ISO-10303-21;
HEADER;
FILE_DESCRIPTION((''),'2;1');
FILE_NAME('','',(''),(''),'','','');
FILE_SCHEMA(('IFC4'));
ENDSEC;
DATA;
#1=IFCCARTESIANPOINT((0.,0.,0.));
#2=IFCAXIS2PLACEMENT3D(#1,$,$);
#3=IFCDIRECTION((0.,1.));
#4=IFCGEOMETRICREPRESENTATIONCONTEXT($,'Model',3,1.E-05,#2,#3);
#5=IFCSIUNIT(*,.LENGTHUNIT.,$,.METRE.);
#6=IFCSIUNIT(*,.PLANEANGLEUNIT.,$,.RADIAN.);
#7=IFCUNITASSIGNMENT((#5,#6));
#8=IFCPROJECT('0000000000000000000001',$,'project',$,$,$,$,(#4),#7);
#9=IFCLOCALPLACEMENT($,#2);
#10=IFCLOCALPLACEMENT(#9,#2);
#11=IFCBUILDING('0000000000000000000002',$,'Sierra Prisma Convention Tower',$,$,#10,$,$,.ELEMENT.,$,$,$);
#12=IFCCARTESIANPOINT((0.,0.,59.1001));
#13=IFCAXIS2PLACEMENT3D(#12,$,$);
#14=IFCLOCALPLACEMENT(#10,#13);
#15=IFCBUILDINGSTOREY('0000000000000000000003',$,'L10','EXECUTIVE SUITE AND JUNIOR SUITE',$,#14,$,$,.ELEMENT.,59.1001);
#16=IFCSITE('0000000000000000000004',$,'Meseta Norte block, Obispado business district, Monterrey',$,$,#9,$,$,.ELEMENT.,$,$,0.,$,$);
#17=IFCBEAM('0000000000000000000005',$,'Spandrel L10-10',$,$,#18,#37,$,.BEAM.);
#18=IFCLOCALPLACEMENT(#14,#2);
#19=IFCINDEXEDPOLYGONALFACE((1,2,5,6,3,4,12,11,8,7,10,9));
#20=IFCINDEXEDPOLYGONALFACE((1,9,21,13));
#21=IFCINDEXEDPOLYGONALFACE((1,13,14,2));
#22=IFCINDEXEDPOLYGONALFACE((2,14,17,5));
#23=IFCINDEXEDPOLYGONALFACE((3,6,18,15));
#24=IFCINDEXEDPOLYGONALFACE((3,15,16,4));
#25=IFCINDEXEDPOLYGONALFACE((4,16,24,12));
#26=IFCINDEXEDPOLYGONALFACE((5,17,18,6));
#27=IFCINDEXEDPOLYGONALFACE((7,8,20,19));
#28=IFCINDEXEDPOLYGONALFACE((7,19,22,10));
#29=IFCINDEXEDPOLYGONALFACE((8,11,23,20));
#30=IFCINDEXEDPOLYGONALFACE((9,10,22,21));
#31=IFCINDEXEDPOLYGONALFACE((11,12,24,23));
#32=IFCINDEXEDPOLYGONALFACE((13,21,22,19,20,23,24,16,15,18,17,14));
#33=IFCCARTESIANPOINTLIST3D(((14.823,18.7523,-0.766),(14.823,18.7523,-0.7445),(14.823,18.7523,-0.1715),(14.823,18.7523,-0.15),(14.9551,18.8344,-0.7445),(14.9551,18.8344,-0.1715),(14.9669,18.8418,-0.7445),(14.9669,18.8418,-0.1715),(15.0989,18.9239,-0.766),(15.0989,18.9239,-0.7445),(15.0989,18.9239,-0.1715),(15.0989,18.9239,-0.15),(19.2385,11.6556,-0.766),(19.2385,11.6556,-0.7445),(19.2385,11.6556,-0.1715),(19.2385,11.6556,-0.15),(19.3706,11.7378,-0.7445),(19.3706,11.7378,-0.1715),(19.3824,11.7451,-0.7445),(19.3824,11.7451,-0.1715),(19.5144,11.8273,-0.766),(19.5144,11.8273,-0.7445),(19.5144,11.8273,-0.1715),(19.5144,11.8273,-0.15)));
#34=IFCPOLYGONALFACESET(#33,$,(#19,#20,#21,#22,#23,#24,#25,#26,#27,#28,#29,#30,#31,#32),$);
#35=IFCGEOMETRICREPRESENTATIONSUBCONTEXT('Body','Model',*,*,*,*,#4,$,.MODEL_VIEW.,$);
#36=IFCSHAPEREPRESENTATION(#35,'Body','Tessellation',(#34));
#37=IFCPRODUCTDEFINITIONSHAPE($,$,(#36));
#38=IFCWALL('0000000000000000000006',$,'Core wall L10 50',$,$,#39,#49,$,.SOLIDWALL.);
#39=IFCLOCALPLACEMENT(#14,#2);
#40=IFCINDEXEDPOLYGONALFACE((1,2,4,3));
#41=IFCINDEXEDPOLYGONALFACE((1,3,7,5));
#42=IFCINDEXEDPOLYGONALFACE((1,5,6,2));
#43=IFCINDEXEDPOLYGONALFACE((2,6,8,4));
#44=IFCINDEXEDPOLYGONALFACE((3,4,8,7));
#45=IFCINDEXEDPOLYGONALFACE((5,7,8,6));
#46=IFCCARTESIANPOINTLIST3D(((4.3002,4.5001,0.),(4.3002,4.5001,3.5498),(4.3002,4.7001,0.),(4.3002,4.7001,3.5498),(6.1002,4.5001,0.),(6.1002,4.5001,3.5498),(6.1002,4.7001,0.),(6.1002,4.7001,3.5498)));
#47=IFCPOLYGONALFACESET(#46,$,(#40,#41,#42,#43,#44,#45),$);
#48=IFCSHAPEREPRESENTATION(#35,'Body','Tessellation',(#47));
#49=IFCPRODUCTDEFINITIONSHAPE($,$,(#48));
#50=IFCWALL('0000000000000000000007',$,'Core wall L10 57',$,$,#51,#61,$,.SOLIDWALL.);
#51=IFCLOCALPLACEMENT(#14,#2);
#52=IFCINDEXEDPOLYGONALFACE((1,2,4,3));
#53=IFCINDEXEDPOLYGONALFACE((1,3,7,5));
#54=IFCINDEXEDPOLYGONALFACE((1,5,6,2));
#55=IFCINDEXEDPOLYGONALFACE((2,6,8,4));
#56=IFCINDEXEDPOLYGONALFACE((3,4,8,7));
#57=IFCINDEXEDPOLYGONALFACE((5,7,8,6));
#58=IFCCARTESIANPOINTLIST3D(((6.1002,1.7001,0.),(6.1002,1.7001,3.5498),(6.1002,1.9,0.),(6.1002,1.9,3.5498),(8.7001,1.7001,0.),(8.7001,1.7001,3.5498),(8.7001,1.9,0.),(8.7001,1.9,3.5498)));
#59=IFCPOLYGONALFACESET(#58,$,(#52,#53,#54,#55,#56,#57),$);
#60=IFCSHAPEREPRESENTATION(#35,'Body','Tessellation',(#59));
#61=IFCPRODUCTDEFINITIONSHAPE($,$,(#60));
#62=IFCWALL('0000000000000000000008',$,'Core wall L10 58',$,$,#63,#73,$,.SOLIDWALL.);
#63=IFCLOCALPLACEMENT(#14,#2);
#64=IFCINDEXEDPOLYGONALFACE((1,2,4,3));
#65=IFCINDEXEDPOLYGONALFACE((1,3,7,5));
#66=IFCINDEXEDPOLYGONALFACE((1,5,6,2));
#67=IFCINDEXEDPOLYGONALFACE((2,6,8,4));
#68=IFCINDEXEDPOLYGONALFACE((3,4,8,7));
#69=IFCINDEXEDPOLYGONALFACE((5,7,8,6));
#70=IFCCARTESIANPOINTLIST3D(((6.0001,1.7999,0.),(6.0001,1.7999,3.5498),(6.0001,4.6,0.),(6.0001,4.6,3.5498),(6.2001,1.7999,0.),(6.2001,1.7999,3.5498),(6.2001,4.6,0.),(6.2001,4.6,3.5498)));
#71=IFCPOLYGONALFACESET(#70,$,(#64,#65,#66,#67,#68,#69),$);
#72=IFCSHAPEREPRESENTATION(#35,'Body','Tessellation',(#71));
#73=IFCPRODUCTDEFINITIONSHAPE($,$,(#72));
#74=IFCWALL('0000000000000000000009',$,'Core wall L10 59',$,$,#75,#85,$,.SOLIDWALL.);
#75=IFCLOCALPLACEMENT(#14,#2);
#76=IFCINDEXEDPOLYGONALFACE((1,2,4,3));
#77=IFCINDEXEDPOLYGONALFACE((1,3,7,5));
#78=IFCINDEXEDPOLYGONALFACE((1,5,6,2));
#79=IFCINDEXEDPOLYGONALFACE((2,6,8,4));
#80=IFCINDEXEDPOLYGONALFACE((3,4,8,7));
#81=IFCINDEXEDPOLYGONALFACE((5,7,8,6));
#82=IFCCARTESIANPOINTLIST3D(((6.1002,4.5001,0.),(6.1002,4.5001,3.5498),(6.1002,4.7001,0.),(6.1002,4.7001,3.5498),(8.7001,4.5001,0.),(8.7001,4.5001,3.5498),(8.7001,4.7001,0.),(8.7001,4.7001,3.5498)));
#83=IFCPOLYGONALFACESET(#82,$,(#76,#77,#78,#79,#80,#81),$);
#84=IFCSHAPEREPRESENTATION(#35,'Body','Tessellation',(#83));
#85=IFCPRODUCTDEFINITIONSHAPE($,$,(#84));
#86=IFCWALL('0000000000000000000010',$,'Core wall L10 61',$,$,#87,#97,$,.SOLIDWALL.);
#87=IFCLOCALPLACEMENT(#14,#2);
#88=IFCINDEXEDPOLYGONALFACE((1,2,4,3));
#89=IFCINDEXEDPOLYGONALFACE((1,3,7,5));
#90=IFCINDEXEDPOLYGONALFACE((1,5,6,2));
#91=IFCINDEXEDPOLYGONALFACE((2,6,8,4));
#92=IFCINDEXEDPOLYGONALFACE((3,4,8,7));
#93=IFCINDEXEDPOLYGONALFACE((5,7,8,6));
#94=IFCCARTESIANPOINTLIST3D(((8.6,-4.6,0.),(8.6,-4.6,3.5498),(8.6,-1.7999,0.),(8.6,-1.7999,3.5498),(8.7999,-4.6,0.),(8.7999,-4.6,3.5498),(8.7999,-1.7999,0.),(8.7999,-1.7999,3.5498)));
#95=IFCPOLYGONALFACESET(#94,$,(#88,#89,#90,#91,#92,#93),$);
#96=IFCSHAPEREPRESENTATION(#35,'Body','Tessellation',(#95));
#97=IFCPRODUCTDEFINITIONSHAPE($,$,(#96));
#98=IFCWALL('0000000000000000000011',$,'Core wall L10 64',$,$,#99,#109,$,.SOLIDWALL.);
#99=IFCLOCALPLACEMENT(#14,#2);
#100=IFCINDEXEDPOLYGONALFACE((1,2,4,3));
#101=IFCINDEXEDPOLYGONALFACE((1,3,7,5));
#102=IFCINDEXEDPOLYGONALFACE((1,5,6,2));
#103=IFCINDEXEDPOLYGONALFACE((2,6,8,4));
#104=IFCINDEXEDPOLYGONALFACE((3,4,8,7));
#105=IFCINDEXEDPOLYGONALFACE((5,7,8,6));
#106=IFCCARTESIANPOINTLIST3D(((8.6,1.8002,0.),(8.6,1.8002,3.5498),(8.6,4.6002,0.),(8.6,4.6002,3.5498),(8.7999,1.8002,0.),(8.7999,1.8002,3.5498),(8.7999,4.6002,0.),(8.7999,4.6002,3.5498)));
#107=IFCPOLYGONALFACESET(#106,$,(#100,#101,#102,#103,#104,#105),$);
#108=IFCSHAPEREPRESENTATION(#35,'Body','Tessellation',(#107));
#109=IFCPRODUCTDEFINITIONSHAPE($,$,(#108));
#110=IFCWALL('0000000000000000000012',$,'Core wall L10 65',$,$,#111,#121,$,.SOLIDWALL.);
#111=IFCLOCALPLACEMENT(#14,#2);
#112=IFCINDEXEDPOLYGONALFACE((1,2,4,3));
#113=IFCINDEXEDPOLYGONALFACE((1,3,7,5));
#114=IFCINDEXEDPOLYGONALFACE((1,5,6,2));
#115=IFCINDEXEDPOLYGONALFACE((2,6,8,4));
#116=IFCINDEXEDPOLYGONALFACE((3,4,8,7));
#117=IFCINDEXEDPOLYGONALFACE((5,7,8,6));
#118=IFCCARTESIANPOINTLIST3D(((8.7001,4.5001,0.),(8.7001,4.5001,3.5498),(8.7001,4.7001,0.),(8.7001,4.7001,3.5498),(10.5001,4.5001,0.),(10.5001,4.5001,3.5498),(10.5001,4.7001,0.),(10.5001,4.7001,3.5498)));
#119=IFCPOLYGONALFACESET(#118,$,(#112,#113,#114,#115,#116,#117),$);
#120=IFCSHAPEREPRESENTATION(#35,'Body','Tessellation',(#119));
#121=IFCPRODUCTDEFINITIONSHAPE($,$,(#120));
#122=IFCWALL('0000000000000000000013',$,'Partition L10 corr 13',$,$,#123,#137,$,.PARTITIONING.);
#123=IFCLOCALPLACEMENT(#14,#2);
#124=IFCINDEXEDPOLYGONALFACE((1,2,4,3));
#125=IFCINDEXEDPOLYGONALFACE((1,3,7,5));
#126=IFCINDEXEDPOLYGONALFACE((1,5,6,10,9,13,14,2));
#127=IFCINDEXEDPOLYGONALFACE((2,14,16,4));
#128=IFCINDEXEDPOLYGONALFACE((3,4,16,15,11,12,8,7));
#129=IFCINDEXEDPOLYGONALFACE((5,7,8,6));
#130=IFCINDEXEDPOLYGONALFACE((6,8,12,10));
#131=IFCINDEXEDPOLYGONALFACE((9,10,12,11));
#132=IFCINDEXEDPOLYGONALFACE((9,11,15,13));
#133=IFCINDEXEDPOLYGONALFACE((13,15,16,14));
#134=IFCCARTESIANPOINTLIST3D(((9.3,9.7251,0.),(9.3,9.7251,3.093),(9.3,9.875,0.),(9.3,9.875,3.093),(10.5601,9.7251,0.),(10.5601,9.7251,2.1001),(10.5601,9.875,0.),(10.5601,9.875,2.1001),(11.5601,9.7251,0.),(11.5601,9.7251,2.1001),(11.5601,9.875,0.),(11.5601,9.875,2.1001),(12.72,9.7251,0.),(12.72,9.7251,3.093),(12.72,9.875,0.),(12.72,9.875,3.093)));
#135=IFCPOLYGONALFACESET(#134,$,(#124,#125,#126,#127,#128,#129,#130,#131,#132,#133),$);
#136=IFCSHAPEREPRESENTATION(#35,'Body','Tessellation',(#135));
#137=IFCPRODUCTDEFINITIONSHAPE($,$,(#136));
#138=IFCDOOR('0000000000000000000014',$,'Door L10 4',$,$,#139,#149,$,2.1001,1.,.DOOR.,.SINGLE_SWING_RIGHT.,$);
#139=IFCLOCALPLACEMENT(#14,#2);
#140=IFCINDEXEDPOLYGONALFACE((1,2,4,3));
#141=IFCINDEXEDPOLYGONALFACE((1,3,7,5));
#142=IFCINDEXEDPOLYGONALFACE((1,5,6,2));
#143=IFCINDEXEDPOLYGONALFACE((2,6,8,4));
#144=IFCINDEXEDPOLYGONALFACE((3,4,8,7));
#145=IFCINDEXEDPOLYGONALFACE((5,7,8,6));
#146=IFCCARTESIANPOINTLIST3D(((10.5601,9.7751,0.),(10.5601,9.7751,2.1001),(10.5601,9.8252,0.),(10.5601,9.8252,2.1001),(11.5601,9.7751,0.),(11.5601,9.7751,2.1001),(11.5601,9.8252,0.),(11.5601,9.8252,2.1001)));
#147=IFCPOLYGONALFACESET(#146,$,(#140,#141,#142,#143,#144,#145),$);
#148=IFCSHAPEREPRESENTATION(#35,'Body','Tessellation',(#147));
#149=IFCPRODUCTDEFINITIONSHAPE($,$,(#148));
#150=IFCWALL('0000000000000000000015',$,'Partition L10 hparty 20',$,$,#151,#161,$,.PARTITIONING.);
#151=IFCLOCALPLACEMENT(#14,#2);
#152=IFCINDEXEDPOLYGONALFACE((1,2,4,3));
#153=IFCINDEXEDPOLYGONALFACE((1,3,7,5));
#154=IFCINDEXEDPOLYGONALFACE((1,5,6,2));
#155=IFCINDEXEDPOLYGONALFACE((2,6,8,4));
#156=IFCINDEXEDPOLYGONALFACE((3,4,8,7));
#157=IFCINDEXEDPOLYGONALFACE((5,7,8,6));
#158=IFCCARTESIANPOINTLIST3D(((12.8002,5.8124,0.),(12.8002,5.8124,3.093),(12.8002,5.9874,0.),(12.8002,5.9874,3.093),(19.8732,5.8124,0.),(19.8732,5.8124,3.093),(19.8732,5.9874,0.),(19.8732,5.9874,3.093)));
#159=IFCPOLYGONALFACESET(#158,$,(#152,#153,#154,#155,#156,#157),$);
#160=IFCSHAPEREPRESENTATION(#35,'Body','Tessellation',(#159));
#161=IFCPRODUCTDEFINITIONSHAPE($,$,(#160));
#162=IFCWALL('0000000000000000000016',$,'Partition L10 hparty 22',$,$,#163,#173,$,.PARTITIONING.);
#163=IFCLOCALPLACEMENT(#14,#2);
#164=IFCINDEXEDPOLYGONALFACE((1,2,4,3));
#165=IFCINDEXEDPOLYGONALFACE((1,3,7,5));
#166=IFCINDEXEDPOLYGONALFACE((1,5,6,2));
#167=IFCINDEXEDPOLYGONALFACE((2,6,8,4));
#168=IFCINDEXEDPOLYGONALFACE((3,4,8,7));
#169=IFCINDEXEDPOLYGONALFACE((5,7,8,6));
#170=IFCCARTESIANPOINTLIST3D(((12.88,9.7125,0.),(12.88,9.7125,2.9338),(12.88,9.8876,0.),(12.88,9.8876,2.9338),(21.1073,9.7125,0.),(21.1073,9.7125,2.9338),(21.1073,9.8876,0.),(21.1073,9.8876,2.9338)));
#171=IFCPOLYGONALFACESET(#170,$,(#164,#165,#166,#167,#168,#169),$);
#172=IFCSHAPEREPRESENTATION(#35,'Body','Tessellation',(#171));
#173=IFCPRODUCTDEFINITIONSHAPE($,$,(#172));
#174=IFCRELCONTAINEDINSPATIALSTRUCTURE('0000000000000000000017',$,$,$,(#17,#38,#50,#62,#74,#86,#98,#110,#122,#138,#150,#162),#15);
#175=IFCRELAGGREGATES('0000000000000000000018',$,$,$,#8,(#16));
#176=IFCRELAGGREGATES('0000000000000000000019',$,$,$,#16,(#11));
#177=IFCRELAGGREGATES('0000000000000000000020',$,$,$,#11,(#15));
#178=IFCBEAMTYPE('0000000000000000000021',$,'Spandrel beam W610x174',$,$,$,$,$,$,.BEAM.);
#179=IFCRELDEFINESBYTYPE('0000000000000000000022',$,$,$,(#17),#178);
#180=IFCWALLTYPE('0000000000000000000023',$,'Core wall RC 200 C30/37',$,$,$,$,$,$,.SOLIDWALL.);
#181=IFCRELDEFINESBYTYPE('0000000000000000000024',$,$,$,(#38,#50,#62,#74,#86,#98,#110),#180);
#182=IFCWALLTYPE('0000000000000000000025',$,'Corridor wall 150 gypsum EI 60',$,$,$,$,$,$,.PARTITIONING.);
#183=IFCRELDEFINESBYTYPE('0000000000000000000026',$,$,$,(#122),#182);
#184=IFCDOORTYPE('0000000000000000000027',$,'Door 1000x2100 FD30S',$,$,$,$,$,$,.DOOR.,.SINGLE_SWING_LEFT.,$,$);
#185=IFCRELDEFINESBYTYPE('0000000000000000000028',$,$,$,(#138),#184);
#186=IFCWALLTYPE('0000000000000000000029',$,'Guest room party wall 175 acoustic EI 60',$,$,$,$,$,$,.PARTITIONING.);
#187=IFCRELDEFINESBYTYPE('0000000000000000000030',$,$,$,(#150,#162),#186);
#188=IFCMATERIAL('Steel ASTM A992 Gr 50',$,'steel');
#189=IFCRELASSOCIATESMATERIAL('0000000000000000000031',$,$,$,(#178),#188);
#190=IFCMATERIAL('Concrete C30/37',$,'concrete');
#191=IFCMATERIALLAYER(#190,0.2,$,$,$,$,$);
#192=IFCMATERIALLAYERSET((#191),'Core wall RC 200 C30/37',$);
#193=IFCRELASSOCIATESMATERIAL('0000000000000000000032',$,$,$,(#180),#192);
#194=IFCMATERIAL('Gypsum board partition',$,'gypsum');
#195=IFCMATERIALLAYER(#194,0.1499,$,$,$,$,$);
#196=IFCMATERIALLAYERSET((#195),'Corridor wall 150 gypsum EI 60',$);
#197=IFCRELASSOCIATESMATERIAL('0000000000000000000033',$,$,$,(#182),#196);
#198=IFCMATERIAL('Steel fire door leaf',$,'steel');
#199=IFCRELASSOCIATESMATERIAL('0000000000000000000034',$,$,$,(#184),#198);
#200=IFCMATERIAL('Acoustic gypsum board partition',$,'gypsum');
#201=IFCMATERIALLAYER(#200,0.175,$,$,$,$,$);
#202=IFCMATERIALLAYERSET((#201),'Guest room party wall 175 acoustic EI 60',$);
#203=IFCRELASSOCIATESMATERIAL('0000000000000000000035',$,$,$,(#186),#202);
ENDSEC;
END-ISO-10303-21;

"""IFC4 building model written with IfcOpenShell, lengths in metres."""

from ifc_helpers import new_model, si_unit, direction, frame, frame_2d, origin, origin_2d, place, context, subcontext, project, spatial, rectangle, i_section, extrude, material, layer, layer_set, material_profile, profile_set, type_object, element, fill, save


model = new_model("IFC4")

# Units and contexts
model_context = context("Model", 3, precision=1e-05, world=origin(), true_north=direction((0.0, 1.0)))
body_context = subcontext(model_context, "Body", "Model", "MODEL_VIEW")
ifc_project = project(units=[si_unit("LENGTHUNIT", "METRE"), si_unit("PLANEANGLEUNIT", "RADIAN")], contexts=[model_context])

# Site, building, storey
site_placement = place(None, origin())
site = spatial("IfcSite", under=ifc_project, at=site_placement, Name="Meseta Norte block, Obispado business district, Monterrey", CompositionType="ELEMENT", RefElevation=0.0)
building_placement = place(site_placement, origin())
building = spatial("IfcBuilding", under=site, at=building_placement, Name="Sierra Prisma Convention Tower", CompositionType="ELEMENT")
storey_placement = place(building_placement, frame((0.0, 0.0, 59.1001)))
storey = spatial("IfcBuildingStorey", under=building, at=storey_placement, Name="L10", Description="EXECUTIVE SUITE AND JUNIOR SUITE", CompositionType="ELEMENT", Elevation=59.1001)

# Beam
ifc_material_1 = material(Name="Steel ASTM A992 Gr 50", Category="steel")
ifc_material_profile = material_profile(ifc_material_1, i_section(OverallWidth=0.325, OverallDepth=0.616, WebThickness=0.0139, FlangeThickness=0.0215, at=origin_2d()), Name="W610x174")
ifc_profile_set = profile_set([ifc_material_profile], Name="Steel ASTM A992 Gr 50")
beam_type = type_object("IfcBeamType", Name="Spandrel beam W610x174", PredefinedType="BEAM", material=ifc_profile_set)
beam_placement = place(storey_placement, frame((19.3765, 11.7415, -0.458), z_axis=(-0.528286, 0.849067, 0.0), x_axis=(-0.849067, -0.528286, 0.0)))
element("IfcBeam", 1, at=beam_placement, inside=storey, type_object=beam_type, Name="Spandrel L10-10", PredefinedType="BEAM", context=body_context, shape_type="SweptSolid", body=[
    extrude(i_section(OverallWidth=0.325, OverallDepth=0.616, WebThickness=0.0139, FlangeThickness=0.0215, at=origin_2d()), origin(), (0.0, 0.0, 1.0), 8.3582),
])

# Walls
ifc_material_2 = material(Name="Concrete C30/37", Category="concrete")
ifc_layer_1 = layer(ifc_material_2, 0.2)
ifc_layer_set_1 = layer_set([ifc_layer_1], Name="Core wall RC 200 C30/37")
wall_type_1 = type_object("IfcWallType", Name="Core wall RC 200 C30/37", PredefinedType="SOLIDWALL", material=ifc_layer_set_1)
wall_1_placement = place(storey_placement, frame((6.1001, 4.6001, 0.0), z_axis=(0.0, 0.0, 1.0), x_axis=(-1.0, 0.0, 0.0)))
element("IfcWall", 2, at=wall_1_placement, inside=storey, type_object=wall_type_1, Name="Core wall L10 50", PredefinedType="SOLIDWALL", context=body_context, shape_type="SweptSolid", body=[
    extrude(rectangle(XDim=1.8, YDim=0.2, at=frame_2d((0.8999, 0.0))), origin(), (0.0, 0.0, 1.0), 3.5498),
])
wall_2_placement = place(storey_placement, frame((8.7, 1.8, 0.0), z_axis=(0.0, 0.0, 1.0), x_axis=(-1.0, 0.0, 0.0)))
element("IfcWall", 3, at=wall_2_placement, inside=storey, type_object=wall_type_1, Name="Core wall L10 57", PredefinedType="SOLIDWALL", context=body_context, shape_type="SweptSolid", body=[
    extrude(rectangle(XDim=2.5999, YDim=0.2, at=frame_2d((1.2998, 0.0))), origin(), (0.0, 0.0, 1.0), 3.5498),
])
wall_3_placement = place(storey_placement, frame((6.1001, 1.8, 0.0), z_axis=(0.0, 0.0, 1.0), x_axis=(0.0, 1.0, 0.0)))
element("IfcWall", 4, at=wall_3_placement, inside=storey, type_object=wall_type_1, Name="Core wall L10 58", PredefinedType="SOLIDWALL", context=body_context, shape_type="SweptSolid", body=[
    extrude(rectangle(XDim=2.8, YDim=0.2, at=frame_2d((1.3999, 0.0))), origin(), (0.0, 0.0, 1.0), 3.5498),
])
wall_4_placement = place(storey_placement, frame((8.7, 4.6001, 0.0), z_axis=(0.0, 0.0, 1.0), x_axis=(-1.0, 0.0, 0.0)))
element("IfcWall", 5, at=wall_4_placement, inside=storey, type_object=wall_type_1, Name="Core wall L10 59", PredefinedType="SOLIDWALL", context=body_context, shape_type="SweptSolid", body=[
    extrude(rectangle(XDim=2.5999, YDim=0.2, at=frame_2d((1.2998, 0.0))), origin(), (0.0, 0.0, 1.0), 3.5498),
])
wall_5_placement = place(storey_placement, frame((8.7, -1.8, 0.0), z_axis=(0.0, 0.0, 1.0), x_axis=(0.0, -1.0, 0.0)))
element("IfcWall", 6, at=wall_5_placement, inside=storey, type_object=wall_type_1, Name="Core wall L10 61", PredefinedType="SOLIDWALL", context=body_context, shape_type="SweptSolid", body=[
    extrude(rectangle(XDim=2.8, YDim=0.2, at=frame_2d((1.3999, 0.0))), origin(), (0.0, 0.0, 1.0), 3.5498),
])

# Walls
wall_6_placement = place(storey_placement, frame((8.7, 4.6001, 0.0), z_axis=(0.0, 0.0, 1.0), x_axis=(0.0, -1.0, 0.0)))
element("IfcWall", 7, at=wall_6_placement, inside=storey, type_object=wall_type_1, Name="Core wall L10 64", PredefinedType="SOLIDWALL", context=body_context, shape_type="SweptSolid", body=[
    extrude(rectangle(XDim=2.8, YDim=0.2, at=frame_2d((1.3999, 0.0))), origin(), (0.0, 0.0, 1.0), 3.5498),
])
wall_7_placement = place(storey_placement, frame((10.5, 4.6001, 0.0), z_axis=(0.0, 0.0, 1.0), x_axis=(-1.0, 0.0, 0.0)))
element("IfcWall", 8, at=wall_7_placement, inside=storey, type_object=wall_type_1, Name="Core wall L10 65", PredefinedType="SOLIDWALL", context=body_context, shape_type="SweptSolid", body=[
    extrude(rectangle(XDim=1.8, YDim=0.2, at=frame_2d((0.8999, 0.0))), origin(), (0.0, 0.0, 1.0), 3.5498),
])
ifc_material_3 = material(Name="Gypsum board partition", Category="gypsum")
ifc_layer_2 = layer(ifc_material_3, 0.1499)
ifc_layer_set_2 = layer_set([ifc_layer_2], Name="Corridor wall 150 gypsum EI 60")
wall_type_2 = type_object("IfcWallType", Name="Corridor wall 150 gypsum EI 60", PredefinedType="PARTITIONING", material=ifc_layer_set_2)

# Wall, opening, door
wall_8_placement = place(storey_placement, frame((12.72, 9.8, 0.0), z_axis=(0.0, 0.0, 1.0), x_axis=(-1.0, 0.0, 0.0)))
wall_8 = element("IfcWall", 9, at=wall_8_placement, inside=storey, type_object=wall_type_2, Name="Partition L10 corr 13", PredefinedType="PARTITIONING", context=body_context, shape_type="SweptSolid", body=[
    extrude(rectangle(XDim=3.4199, YDim=0.1499, at=frame_2d((1.71, 0.0))), origin(), (0.0, 0.0, 1.0), 3.093),
])
opening_1_placement = place(wall_8_placement, frame((1.1599, 0.0, 0.0)))
opening_1 = element("IfcOpeningElement", 10, at=opening_1_placement, cuts=wall_8, PredefinedType="OPENING", context=body_context, shape_type="SweptSolid", body=[
    extrude(rectangle(XDim=1.0, YDim=2.1001, at=frame_2d((0.5, 1.05))), frame((0.0, 0.075, 0.0), z_axis=(0.0, -1.0, 0.0), x_axis=(1.0, 0.0, 0.0)), (0.0, 0.0, 1.0), 0.1499),
])
ifc_material_4 = material(Name="Steel fire door leaf", Category="steel")
door_type_1 = type_object("IfcDoorType", Name="Door 1000x2100 FD30S", OperationType="SINGLE_SWING_LEFT", PredefinedType="DOOR", material=ifc_material_4)
door_1_placement = place(opening_1_placement, origin())
door_1 = element("IfcDoor", 11, at=door_1_placement, inside=storey, type_object=door_type_1, Name="Door L10 4", OperationType="SINGLE_SWING_RIGHT", OverallHeight=2.1001, OverallWidth=1.0, PredefinedType="DOOR", context=body_context, shape_type="SweptSolid", body=[
    extrude(rectangle(XDim=1.0, YDim=2.1001, at=frame_2d((0.5, 1.05))), frame((0.0, 0.0249, 0.0), z_axis=(0.0, -1.0, 0.0), x_axis=(1.0, 0.0, 0.0)), (0.0, 0.0, 1.0), 0.05),
])
fill(opening_1, door_1)

# Walls
ifc_material_5 = material(Name="Acoustic gypsum board partition", Category="gypsum")
ifc_layer_3 = layer(ifc_material_5, 0.175)
ifc_layer_set_3 = layer_set([ifc_layer_3], Name="Guest room party wall 175 acoustic EI 60")
wall_type_3 = type_object("IfcWallType", Name="Guest room party wall 175 acoustic EI 60", PredefinedType="PARTITIONING", material=ifc_layer_set_3)
wall_9_placement = place(storey_placement, frame((12.8, 5.8999, 0.0), z_axis=(0.0, 0.0, 1.0), x_axis=(1.0, 0.0, 0.0)))
element("IfcWall", 12, at=wall_9_placement, inside=storey, type_object=wall_type_3, Name="Partition L10 hparty 20", PredefinedType="PARTITIONING", context=body_context, shape_type="SweptSolid", body=[
    extrude(rectangle(XDim=7.073, YDim=0.175, at=frame_2d((3.5366, 0.0))), origin(), (0.0, 0.0, 1.0), 3.093),
])
wall_10_placement = place(storey_placement, frame((12.8799, 9.8, 0.0), z_axis=(0.0, 0.0, 1.0), x_axis=(1.0, 0.0, 0.0)))
element("IfcWall", 13, at=wall_10_placement, inside=storey, type_object=wall_type_3, Name="Partition L10 hparty 22", PredefinedType="PARTITIONING", context=body_context, shape_type="SweptSolid", body=[
    extrude(rectangle(XDim=8.2273, YDim=0.175, at=frame_2d((4.1138, 0.0))), origin(), (0.0, 0.0, 1.0), 2.9338),
])

save(model, "model.ifc")
